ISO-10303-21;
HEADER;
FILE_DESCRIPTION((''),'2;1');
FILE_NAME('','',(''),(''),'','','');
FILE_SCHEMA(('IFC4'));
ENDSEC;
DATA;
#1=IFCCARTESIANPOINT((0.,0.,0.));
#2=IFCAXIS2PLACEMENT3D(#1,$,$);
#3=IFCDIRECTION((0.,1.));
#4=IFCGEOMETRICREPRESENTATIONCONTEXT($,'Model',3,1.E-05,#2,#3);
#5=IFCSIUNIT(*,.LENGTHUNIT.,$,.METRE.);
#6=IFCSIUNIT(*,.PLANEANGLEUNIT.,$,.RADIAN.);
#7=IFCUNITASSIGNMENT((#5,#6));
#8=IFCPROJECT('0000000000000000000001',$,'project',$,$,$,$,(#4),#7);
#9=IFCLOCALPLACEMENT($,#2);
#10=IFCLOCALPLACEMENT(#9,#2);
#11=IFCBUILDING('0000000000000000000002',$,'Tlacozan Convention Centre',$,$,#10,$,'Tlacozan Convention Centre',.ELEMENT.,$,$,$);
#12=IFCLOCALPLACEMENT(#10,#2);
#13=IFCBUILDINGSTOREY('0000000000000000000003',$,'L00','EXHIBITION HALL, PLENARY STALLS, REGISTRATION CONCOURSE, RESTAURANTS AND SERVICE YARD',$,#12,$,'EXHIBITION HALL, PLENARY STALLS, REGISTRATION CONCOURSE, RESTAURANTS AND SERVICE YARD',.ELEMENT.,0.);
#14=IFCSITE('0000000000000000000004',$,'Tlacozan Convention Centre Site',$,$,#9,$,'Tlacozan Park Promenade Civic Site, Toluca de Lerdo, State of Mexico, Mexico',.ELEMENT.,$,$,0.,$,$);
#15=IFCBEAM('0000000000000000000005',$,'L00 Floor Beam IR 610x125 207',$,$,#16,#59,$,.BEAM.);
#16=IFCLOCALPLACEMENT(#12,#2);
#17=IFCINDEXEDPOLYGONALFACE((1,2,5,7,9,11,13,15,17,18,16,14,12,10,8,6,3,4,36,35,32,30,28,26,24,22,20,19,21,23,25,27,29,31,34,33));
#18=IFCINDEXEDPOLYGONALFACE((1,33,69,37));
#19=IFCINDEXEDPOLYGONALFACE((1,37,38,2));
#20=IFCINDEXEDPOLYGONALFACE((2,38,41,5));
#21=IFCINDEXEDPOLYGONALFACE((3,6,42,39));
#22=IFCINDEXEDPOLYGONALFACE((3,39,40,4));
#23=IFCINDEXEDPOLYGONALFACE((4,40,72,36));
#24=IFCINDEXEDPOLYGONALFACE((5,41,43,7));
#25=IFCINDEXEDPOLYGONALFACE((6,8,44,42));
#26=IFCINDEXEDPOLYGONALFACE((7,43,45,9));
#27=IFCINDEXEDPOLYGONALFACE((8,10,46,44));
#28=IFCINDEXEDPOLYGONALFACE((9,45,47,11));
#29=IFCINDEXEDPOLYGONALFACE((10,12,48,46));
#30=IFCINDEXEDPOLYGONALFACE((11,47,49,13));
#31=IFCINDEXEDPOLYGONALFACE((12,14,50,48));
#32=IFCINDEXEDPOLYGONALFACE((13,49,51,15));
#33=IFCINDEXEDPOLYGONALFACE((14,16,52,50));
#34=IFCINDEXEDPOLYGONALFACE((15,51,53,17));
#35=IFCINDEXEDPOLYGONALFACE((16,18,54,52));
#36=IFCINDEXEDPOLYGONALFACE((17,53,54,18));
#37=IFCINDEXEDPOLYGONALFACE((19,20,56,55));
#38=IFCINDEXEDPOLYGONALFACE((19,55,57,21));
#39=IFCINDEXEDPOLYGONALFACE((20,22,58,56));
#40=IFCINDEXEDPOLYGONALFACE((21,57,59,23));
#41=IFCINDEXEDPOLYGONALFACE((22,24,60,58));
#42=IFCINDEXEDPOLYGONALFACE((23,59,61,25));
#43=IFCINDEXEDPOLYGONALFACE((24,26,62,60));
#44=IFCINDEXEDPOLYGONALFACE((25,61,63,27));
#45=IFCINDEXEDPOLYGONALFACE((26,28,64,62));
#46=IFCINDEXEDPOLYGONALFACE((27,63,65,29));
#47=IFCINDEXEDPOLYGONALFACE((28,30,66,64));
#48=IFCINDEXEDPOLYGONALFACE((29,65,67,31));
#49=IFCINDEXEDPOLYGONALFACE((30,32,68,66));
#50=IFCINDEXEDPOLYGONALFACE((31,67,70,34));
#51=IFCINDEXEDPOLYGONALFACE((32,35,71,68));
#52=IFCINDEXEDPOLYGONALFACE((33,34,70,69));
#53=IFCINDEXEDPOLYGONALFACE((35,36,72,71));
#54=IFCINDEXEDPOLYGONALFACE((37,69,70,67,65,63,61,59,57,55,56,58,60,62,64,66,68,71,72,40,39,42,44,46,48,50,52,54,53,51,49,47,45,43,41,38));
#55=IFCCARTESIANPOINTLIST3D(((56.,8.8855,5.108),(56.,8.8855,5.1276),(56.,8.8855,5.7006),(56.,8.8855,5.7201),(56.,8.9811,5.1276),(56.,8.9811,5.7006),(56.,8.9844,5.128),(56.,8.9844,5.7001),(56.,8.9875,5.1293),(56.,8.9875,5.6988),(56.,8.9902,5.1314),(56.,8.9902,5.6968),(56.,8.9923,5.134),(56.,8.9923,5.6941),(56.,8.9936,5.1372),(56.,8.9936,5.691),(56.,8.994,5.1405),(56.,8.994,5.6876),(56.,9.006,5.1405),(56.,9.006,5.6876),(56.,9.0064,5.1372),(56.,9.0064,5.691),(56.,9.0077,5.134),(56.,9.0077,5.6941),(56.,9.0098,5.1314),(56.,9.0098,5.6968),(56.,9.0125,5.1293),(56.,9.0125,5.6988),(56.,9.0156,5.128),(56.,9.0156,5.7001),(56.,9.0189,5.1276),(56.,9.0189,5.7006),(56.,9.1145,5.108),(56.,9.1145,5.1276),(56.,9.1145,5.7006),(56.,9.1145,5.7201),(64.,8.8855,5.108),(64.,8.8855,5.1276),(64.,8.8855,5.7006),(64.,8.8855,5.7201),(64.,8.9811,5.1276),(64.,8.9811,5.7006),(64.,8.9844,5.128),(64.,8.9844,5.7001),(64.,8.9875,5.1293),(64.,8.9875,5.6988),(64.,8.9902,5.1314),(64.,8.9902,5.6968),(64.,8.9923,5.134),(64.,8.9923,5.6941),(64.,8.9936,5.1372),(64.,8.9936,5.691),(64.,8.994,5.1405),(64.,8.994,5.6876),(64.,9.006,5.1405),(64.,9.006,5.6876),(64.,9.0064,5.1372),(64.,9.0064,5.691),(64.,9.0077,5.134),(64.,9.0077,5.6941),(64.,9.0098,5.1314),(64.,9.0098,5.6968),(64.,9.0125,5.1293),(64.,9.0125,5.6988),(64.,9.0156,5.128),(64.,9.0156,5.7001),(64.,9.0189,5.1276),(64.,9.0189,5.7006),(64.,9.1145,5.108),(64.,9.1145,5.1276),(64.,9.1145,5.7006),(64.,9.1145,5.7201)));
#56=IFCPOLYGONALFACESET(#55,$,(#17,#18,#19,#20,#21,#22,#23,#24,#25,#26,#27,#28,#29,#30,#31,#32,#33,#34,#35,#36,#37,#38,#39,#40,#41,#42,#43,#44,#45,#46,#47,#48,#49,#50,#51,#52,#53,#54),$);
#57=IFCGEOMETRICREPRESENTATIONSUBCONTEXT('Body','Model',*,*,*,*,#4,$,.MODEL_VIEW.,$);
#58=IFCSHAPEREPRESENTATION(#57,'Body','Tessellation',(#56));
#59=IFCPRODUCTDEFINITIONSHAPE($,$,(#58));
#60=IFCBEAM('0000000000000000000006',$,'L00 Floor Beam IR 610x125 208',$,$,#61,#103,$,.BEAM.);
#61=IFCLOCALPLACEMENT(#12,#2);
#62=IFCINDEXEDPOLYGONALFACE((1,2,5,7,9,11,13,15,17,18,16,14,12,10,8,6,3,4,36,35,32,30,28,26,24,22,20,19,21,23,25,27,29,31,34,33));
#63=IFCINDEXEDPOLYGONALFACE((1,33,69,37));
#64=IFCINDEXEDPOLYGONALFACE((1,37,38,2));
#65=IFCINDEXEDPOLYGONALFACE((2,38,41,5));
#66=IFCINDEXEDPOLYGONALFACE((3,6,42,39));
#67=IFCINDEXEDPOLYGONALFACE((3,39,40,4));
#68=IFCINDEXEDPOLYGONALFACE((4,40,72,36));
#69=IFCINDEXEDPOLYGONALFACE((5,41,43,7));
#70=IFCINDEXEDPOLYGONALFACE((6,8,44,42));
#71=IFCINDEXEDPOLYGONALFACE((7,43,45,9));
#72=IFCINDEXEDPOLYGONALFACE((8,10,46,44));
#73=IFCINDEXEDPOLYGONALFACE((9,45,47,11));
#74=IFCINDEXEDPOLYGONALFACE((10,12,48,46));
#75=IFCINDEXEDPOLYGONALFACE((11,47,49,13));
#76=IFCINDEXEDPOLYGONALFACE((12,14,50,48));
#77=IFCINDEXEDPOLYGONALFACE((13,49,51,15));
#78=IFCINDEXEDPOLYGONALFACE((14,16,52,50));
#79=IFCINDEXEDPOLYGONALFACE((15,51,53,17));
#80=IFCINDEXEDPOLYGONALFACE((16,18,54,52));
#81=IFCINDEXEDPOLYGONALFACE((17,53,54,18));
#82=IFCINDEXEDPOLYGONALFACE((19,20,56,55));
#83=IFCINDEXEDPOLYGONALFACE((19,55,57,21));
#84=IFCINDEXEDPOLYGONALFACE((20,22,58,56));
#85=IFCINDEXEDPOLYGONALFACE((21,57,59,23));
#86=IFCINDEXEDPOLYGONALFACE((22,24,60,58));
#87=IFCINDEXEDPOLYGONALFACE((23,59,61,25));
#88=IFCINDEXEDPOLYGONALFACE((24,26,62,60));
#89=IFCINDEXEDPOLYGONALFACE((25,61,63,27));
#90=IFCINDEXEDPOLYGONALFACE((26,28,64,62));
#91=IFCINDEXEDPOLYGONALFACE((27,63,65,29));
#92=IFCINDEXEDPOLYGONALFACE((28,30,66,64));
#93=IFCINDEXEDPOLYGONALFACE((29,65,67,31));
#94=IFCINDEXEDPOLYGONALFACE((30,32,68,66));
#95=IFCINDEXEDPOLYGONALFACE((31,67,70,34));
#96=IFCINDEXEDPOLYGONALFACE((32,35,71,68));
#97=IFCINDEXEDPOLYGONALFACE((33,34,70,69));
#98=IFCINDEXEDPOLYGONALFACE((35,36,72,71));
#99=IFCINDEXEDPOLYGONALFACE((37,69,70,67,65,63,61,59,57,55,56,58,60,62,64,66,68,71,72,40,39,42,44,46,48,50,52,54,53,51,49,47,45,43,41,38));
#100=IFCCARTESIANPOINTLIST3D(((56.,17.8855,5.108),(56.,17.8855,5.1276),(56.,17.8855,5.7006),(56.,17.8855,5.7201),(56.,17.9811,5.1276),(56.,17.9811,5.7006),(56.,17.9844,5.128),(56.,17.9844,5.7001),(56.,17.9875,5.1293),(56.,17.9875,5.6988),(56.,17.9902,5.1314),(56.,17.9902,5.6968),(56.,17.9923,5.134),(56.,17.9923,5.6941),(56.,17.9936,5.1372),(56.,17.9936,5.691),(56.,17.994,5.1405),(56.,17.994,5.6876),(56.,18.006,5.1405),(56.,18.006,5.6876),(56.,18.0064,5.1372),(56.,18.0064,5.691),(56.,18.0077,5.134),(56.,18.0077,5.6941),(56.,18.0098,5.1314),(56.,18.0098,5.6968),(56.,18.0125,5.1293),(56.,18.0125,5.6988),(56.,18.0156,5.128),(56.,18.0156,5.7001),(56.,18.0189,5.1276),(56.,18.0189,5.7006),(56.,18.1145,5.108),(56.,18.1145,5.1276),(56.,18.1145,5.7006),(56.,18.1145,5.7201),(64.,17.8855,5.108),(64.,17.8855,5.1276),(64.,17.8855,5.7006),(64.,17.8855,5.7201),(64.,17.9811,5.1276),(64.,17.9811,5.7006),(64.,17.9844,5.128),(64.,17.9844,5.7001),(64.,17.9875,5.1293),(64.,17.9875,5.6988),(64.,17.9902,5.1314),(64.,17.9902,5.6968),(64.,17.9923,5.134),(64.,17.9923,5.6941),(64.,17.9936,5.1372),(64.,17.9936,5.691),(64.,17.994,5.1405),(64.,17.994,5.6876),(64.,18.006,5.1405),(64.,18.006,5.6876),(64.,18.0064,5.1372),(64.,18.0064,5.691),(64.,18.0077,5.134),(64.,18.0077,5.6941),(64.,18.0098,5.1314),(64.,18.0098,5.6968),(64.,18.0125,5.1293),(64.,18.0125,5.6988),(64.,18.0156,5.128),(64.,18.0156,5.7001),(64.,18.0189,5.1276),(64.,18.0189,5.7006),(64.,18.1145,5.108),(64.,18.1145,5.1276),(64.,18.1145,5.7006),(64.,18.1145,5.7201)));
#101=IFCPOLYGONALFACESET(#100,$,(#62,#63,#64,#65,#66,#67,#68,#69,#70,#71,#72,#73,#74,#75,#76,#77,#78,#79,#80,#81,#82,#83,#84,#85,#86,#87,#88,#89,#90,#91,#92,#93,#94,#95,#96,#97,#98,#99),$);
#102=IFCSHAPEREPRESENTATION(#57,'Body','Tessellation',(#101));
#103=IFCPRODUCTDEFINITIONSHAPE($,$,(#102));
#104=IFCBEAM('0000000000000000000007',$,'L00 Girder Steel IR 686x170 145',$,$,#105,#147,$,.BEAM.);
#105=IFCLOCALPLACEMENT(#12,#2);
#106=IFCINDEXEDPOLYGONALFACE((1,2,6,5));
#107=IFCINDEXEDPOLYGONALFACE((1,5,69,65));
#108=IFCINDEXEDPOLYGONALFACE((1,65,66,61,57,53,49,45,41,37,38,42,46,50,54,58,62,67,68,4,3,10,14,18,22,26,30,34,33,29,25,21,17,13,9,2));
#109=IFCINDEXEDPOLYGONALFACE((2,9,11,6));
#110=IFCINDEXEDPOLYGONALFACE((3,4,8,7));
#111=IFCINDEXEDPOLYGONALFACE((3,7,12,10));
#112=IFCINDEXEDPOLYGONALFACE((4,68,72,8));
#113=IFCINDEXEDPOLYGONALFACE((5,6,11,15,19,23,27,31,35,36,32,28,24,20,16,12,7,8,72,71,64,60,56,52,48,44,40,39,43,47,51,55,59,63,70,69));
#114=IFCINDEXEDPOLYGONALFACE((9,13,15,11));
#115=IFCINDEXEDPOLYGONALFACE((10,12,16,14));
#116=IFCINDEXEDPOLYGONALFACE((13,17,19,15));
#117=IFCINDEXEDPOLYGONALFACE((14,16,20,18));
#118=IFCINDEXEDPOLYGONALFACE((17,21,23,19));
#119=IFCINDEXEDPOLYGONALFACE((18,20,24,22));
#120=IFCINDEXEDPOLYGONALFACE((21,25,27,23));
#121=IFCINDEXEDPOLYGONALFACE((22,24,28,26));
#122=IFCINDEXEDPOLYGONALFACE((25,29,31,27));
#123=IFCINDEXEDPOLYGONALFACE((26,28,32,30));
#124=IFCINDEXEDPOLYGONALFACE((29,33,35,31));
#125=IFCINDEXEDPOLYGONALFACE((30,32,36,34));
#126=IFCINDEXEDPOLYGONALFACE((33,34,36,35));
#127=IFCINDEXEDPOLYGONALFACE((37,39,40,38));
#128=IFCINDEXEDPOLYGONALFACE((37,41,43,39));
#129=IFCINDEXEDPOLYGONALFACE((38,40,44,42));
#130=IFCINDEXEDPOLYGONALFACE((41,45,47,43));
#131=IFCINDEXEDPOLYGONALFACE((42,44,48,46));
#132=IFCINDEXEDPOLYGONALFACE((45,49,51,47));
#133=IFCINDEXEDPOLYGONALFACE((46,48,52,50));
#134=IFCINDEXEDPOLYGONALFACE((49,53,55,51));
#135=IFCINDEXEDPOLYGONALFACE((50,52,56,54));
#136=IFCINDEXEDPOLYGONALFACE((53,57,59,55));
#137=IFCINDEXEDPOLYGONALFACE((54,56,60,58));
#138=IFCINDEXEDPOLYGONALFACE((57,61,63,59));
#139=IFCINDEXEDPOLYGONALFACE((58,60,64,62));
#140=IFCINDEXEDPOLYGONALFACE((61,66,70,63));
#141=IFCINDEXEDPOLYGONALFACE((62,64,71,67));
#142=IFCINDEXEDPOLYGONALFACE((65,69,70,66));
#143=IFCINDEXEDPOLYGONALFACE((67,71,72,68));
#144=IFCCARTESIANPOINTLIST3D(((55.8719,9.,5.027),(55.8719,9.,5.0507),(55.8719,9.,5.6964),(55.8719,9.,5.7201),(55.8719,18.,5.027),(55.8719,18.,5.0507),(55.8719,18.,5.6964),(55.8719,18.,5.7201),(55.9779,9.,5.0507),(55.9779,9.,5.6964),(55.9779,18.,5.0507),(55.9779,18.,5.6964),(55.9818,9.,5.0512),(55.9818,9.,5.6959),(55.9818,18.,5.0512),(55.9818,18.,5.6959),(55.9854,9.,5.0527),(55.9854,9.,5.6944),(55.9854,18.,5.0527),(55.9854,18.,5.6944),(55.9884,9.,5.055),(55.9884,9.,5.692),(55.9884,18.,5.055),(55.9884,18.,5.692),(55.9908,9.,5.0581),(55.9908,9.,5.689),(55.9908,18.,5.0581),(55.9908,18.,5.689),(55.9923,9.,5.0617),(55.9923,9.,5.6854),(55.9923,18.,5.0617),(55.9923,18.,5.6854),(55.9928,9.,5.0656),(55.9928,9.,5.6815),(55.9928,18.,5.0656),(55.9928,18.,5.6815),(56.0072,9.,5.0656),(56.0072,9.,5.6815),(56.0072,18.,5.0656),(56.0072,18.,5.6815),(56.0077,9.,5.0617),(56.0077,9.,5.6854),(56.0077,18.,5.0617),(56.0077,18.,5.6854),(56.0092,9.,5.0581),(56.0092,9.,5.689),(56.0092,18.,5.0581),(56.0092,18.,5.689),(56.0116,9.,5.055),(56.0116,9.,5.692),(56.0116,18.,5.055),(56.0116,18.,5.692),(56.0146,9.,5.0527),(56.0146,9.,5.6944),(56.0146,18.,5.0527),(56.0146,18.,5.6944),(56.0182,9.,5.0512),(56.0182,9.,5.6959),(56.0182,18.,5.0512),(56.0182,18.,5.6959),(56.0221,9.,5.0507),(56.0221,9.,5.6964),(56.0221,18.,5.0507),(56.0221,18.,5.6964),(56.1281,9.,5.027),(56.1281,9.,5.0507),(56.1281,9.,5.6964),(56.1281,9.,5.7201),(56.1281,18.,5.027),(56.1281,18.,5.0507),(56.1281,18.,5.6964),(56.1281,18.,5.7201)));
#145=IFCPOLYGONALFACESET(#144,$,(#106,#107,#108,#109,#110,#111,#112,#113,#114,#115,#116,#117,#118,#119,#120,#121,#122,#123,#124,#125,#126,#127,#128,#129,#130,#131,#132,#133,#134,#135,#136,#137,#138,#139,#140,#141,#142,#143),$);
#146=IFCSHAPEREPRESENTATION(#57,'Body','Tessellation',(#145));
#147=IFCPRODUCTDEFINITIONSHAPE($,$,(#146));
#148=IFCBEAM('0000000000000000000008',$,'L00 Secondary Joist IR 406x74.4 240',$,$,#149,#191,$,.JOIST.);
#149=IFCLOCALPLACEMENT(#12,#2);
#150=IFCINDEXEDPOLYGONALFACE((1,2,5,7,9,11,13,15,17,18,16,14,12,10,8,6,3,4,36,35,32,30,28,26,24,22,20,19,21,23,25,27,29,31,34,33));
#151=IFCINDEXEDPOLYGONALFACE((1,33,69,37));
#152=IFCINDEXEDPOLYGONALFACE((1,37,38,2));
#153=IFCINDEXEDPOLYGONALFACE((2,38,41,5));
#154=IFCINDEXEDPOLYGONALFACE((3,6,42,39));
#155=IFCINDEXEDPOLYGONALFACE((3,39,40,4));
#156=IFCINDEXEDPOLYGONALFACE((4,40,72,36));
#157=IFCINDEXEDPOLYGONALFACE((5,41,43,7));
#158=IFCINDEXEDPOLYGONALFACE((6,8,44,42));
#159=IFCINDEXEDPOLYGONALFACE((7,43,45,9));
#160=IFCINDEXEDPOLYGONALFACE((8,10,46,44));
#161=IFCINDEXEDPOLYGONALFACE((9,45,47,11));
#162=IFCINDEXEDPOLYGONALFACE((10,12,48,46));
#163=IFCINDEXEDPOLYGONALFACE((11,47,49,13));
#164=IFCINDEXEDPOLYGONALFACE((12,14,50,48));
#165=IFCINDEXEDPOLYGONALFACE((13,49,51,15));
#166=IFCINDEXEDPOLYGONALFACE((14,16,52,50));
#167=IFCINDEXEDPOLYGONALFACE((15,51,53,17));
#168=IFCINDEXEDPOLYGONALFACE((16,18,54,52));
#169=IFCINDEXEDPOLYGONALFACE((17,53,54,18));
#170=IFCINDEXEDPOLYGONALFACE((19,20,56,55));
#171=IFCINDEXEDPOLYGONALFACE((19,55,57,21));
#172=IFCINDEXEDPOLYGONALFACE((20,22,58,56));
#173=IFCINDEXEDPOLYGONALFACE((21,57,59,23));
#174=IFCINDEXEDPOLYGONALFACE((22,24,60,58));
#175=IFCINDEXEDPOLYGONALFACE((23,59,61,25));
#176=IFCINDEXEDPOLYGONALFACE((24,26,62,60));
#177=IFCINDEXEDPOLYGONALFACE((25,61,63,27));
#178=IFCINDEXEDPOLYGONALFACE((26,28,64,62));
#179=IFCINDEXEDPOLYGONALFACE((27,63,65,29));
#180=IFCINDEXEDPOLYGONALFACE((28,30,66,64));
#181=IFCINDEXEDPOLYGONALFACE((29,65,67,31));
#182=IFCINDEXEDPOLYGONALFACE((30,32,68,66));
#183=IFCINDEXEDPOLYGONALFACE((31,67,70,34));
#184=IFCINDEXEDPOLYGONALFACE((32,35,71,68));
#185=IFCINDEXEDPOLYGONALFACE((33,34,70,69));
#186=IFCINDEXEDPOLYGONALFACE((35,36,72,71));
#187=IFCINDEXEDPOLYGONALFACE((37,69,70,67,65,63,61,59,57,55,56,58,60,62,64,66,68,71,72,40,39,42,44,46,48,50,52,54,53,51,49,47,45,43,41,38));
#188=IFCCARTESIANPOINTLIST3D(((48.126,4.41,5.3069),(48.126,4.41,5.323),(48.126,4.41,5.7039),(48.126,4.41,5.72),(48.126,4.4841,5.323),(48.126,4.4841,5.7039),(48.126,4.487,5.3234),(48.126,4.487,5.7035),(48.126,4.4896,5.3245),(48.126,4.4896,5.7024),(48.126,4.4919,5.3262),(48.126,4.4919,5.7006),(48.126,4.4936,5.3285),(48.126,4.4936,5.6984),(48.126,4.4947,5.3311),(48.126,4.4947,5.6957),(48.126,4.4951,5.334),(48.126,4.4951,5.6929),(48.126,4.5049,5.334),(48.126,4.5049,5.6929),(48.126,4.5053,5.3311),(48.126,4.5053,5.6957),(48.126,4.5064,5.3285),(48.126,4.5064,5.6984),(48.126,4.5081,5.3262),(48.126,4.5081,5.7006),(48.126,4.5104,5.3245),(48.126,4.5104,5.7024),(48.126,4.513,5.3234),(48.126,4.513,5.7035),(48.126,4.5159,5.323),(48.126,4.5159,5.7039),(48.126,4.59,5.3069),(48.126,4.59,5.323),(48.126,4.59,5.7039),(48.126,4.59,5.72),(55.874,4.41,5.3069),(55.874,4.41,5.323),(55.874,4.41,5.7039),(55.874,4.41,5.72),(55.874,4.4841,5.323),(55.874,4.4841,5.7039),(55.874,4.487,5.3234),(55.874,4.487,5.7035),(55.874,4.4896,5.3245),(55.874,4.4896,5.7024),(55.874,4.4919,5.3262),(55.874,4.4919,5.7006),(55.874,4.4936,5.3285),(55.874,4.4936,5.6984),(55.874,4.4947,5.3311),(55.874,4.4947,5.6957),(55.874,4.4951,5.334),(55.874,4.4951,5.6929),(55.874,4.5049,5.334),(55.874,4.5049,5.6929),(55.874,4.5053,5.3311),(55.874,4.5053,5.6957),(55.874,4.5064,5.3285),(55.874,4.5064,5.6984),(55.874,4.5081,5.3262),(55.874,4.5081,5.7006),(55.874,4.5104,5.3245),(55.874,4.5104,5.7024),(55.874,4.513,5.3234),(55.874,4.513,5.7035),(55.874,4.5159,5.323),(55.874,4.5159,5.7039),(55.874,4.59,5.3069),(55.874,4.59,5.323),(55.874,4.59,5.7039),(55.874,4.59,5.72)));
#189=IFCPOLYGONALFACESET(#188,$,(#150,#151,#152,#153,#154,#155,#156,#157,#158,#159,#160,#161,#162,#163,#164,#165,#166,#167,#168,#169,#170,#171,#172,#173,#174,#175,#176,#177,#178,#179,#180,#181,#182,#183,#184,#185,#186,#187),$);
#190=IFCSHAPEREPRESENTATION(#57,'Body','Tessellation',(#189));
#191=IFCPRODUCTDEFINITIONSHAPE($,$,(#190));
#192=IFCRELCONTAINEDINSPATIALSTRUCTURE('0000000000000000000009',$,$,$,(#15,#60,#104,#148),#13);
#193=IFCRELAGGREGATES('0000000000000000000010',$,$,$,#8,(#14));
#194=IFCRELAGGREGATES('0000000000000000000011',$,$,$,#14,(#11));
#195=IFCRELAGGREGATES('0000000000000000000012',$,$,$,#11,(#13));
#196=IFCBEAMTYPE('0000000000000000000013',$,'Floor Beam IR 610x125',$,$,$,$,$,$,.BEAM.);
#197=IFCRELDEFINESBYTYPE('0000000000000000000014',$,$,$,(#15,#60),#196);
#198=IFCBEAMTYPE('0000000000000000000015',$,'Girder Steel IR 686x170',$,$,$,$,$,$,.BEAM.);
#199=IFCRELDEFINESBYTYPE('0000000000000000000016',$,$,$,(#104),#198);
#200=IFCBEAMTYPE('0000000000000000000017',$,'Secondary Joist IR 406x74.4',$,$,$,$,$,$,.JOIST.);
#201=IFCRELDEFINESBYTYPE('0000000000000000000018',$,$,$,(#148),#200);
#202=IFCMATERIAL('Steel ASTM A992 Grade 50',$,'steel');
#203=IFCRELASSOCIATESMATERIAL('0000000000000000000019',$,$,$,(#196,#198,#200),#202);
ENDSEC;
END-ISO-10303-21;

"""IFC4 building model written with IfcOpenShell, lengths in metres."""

from ifc_helpers import new_model, si_unit, direction, frame, origin, origin_2d, place, context, subcontext, project, spatial, i_section, extrude, material, material_profile, profile_set, type_object, element, save


model = new_model("IFC4")

# Units and contexts
model_context = context("Model", 3, precision=1e-05, world=origin(), true_north=direction((0.0, 1.0)))
body_context = subcontext(model_context, "Body", "Model", "MODEL_VIEW")
ifc_project = project(units=[si_unit("LENGTHUNIT", "METRE"), si_unit("PLANEANGLEUNIT", "RADIAN")], contexts=[model_context])

# Site, building, storey
site_placement = place(None, origin())
site = spatial("IfcSite", under=ifc_project, at=site_placement, Name="Tlacozan Convention Centre Site", LongName="Tlacozan Park Promenade Civic Site, Toluca de Lerdo, State of Mexico, Mexico", CompositionType="ELEMENT", RefElevation=0.0)
building_placement = place(site_placement, origin())
building = spatial("IfcBuilding", under=site, at=building_placement, Name="Tlacozan Convention Centre", LongName="Tlacozan Convention Centre", CompositionType="ELEMENT")
storey_placement = place(building_placement, origin())
storey = spatial("IfcBuildingStorey", under=building, at=storey_placement, Name="L00", Description="EXHIBITION HALL, PLENARY STALLS, REGISTRATION CONCOURSE, RESTAURANTS AND SERVICE YARD", LongName="EXHIBITION HALL, PLENARY STALLS, REGISTRATION CONCOURSE, RESTAURANTS AND SERVICE YARD", CompositionType="ELEMENT", Elevation=0.0)

# Beams
ifc_material_1 = material(Name="Steel ASTM A992 Grade 50", Category="steel")
ifc_material_profile_1 = material_profile(ifc_material_1, i_section(OverallWidth=0.229, OverallDepth=0.6121, WebThickness=0.012, FlangeThickness=0.0195, FilletRadius=0.0129, at=origin_2d()), Name="IR 610x125.0")
ifc_profile_set_1 = profile_set([ifc_material_profile_1], Name="Steel ASTM A992 Grade 50")
beam_type_1 = type_object("IfcBeamType", Name="Floor Beam IR 610x125", PredefinedType="BEAM", material=ifc_profile_set_1)
for number, where, z_axis, x_axis, name in (
    (1, (56.0, 9.0, 5.4141), (1.0, 0.0, 0.0), (0.0, 1.0, 0.0), "L00 Floor Beam IR 610x125 207"),
    (2, (56.0, 18.0, 5.4141), (1.0, 0.0, 0.0), (0.0, 1.0, 0.0), "L00 Floor Beam IR 610x125 208"),
):
    element("IfcBeam", number, at=place(storey_placement, frame(where, z_axis=z_axis, x_axis=x_axis)), inside=storey, type_object=beam_type_1, Name=name, PredefinedType="BEAM", context=body_context, shape_type="SweptSolid", body=[
        extrude(i_section(OverallWidth=0.229, OverallDepth=0.6121, WebThickness=0.012, FlangeThickness=0.0195, FilletRadius=0.0129, at=origin_2d()), origin(), (0.0, 0.0, 1.0), 8.0),
    ])
ifc_material_profile_2 = material_profile(ifc_material_1, i_section(OverallWidth=0.2561, OverallDepth=0.6931, WebThickness=0.0144, FlangeThickness=0.0237, FilletRadius=0.0149, at=origin_2d()), Name="IR 686x170.0")
ifc_profile_set_2 = profile_set([ifc_material_profile_2], Name="Steel ASTM A992 Grade 50")
beam_type_2 = type_object("IfcBeamType", Name="Girder Steel IR 686x170", PredefinedType="BEAM", material=ifc_profile_set_2)
beam_placement = place(storey_placement, frame((56.0, 9.0, 5.3735), z_axis=(0.0, 1.0, 0.0), x_axis=(-1.0, 0.0, 0.0)))
element("IfcBeam", 3, at=beam_placement, inside=storey, type_object=beam_type_2, Name="L00 Girder Steel IR 686x170 145", PredefinedType="BEAM", context=body_context, shape_type="SweptSolid", body=[
    extrude(i_section(OverallWidth=0.2561, OverallDepth=0.6931, WebThickness=0.0144, FlangeThickness=0.0237, FilletRadius=0.0149, at=origin_2d()), origin(), (0.0, 0.0, 1.0), 9.0),
])
ifc_material_profile_3 = material_profile(ifc_material_1, i_section(OverallWidth=0.1799, OverallDepth=0.4131, WebThickness=0.0098, FlangeThickness=0.0161, FilletRadius=0.011, at=origin_2d()), Name="IR 406x74.4")
ifc_profile_set_3 = profile_set([ifc_material_profile_3], Name="Steel ASTM A992 Grade 50")
beam_type_3 = type_object("IfcBeamType", Name="Secondary Joist IR 406x74.4", PredefinedType="JOIST", material=ifc_profile_set_3)
for number, where, z_axis, x_axis, name in (
    (4, (48.126, 4.5, 5.5134), (1.0, 0.0, 0.0), (0.0, 1.0, 0.0), "L00 Secondary Joist IR 406x74.4 240"),
):
    element("IfcBeam", number, at=place(storey_placement, frame(where, z_axis=z_axis, x_axis=x_axis)), inside=storey, type_object=beam_type_3, Name=name, PredefinedType="JOIST", context=body_context, shape_type="SweptSolid", body=[
        extrude(i_section(OverallWidth=0.1799, OverallDepth=0.4131, WebThickness=0.0098, FlangeThickness=0.0161, FilletRadius=0.011, at=origin_2d()), origin(), (0.0, 0.0, 1.0), 7.748),
    ])

save(model, "model.ifc")
